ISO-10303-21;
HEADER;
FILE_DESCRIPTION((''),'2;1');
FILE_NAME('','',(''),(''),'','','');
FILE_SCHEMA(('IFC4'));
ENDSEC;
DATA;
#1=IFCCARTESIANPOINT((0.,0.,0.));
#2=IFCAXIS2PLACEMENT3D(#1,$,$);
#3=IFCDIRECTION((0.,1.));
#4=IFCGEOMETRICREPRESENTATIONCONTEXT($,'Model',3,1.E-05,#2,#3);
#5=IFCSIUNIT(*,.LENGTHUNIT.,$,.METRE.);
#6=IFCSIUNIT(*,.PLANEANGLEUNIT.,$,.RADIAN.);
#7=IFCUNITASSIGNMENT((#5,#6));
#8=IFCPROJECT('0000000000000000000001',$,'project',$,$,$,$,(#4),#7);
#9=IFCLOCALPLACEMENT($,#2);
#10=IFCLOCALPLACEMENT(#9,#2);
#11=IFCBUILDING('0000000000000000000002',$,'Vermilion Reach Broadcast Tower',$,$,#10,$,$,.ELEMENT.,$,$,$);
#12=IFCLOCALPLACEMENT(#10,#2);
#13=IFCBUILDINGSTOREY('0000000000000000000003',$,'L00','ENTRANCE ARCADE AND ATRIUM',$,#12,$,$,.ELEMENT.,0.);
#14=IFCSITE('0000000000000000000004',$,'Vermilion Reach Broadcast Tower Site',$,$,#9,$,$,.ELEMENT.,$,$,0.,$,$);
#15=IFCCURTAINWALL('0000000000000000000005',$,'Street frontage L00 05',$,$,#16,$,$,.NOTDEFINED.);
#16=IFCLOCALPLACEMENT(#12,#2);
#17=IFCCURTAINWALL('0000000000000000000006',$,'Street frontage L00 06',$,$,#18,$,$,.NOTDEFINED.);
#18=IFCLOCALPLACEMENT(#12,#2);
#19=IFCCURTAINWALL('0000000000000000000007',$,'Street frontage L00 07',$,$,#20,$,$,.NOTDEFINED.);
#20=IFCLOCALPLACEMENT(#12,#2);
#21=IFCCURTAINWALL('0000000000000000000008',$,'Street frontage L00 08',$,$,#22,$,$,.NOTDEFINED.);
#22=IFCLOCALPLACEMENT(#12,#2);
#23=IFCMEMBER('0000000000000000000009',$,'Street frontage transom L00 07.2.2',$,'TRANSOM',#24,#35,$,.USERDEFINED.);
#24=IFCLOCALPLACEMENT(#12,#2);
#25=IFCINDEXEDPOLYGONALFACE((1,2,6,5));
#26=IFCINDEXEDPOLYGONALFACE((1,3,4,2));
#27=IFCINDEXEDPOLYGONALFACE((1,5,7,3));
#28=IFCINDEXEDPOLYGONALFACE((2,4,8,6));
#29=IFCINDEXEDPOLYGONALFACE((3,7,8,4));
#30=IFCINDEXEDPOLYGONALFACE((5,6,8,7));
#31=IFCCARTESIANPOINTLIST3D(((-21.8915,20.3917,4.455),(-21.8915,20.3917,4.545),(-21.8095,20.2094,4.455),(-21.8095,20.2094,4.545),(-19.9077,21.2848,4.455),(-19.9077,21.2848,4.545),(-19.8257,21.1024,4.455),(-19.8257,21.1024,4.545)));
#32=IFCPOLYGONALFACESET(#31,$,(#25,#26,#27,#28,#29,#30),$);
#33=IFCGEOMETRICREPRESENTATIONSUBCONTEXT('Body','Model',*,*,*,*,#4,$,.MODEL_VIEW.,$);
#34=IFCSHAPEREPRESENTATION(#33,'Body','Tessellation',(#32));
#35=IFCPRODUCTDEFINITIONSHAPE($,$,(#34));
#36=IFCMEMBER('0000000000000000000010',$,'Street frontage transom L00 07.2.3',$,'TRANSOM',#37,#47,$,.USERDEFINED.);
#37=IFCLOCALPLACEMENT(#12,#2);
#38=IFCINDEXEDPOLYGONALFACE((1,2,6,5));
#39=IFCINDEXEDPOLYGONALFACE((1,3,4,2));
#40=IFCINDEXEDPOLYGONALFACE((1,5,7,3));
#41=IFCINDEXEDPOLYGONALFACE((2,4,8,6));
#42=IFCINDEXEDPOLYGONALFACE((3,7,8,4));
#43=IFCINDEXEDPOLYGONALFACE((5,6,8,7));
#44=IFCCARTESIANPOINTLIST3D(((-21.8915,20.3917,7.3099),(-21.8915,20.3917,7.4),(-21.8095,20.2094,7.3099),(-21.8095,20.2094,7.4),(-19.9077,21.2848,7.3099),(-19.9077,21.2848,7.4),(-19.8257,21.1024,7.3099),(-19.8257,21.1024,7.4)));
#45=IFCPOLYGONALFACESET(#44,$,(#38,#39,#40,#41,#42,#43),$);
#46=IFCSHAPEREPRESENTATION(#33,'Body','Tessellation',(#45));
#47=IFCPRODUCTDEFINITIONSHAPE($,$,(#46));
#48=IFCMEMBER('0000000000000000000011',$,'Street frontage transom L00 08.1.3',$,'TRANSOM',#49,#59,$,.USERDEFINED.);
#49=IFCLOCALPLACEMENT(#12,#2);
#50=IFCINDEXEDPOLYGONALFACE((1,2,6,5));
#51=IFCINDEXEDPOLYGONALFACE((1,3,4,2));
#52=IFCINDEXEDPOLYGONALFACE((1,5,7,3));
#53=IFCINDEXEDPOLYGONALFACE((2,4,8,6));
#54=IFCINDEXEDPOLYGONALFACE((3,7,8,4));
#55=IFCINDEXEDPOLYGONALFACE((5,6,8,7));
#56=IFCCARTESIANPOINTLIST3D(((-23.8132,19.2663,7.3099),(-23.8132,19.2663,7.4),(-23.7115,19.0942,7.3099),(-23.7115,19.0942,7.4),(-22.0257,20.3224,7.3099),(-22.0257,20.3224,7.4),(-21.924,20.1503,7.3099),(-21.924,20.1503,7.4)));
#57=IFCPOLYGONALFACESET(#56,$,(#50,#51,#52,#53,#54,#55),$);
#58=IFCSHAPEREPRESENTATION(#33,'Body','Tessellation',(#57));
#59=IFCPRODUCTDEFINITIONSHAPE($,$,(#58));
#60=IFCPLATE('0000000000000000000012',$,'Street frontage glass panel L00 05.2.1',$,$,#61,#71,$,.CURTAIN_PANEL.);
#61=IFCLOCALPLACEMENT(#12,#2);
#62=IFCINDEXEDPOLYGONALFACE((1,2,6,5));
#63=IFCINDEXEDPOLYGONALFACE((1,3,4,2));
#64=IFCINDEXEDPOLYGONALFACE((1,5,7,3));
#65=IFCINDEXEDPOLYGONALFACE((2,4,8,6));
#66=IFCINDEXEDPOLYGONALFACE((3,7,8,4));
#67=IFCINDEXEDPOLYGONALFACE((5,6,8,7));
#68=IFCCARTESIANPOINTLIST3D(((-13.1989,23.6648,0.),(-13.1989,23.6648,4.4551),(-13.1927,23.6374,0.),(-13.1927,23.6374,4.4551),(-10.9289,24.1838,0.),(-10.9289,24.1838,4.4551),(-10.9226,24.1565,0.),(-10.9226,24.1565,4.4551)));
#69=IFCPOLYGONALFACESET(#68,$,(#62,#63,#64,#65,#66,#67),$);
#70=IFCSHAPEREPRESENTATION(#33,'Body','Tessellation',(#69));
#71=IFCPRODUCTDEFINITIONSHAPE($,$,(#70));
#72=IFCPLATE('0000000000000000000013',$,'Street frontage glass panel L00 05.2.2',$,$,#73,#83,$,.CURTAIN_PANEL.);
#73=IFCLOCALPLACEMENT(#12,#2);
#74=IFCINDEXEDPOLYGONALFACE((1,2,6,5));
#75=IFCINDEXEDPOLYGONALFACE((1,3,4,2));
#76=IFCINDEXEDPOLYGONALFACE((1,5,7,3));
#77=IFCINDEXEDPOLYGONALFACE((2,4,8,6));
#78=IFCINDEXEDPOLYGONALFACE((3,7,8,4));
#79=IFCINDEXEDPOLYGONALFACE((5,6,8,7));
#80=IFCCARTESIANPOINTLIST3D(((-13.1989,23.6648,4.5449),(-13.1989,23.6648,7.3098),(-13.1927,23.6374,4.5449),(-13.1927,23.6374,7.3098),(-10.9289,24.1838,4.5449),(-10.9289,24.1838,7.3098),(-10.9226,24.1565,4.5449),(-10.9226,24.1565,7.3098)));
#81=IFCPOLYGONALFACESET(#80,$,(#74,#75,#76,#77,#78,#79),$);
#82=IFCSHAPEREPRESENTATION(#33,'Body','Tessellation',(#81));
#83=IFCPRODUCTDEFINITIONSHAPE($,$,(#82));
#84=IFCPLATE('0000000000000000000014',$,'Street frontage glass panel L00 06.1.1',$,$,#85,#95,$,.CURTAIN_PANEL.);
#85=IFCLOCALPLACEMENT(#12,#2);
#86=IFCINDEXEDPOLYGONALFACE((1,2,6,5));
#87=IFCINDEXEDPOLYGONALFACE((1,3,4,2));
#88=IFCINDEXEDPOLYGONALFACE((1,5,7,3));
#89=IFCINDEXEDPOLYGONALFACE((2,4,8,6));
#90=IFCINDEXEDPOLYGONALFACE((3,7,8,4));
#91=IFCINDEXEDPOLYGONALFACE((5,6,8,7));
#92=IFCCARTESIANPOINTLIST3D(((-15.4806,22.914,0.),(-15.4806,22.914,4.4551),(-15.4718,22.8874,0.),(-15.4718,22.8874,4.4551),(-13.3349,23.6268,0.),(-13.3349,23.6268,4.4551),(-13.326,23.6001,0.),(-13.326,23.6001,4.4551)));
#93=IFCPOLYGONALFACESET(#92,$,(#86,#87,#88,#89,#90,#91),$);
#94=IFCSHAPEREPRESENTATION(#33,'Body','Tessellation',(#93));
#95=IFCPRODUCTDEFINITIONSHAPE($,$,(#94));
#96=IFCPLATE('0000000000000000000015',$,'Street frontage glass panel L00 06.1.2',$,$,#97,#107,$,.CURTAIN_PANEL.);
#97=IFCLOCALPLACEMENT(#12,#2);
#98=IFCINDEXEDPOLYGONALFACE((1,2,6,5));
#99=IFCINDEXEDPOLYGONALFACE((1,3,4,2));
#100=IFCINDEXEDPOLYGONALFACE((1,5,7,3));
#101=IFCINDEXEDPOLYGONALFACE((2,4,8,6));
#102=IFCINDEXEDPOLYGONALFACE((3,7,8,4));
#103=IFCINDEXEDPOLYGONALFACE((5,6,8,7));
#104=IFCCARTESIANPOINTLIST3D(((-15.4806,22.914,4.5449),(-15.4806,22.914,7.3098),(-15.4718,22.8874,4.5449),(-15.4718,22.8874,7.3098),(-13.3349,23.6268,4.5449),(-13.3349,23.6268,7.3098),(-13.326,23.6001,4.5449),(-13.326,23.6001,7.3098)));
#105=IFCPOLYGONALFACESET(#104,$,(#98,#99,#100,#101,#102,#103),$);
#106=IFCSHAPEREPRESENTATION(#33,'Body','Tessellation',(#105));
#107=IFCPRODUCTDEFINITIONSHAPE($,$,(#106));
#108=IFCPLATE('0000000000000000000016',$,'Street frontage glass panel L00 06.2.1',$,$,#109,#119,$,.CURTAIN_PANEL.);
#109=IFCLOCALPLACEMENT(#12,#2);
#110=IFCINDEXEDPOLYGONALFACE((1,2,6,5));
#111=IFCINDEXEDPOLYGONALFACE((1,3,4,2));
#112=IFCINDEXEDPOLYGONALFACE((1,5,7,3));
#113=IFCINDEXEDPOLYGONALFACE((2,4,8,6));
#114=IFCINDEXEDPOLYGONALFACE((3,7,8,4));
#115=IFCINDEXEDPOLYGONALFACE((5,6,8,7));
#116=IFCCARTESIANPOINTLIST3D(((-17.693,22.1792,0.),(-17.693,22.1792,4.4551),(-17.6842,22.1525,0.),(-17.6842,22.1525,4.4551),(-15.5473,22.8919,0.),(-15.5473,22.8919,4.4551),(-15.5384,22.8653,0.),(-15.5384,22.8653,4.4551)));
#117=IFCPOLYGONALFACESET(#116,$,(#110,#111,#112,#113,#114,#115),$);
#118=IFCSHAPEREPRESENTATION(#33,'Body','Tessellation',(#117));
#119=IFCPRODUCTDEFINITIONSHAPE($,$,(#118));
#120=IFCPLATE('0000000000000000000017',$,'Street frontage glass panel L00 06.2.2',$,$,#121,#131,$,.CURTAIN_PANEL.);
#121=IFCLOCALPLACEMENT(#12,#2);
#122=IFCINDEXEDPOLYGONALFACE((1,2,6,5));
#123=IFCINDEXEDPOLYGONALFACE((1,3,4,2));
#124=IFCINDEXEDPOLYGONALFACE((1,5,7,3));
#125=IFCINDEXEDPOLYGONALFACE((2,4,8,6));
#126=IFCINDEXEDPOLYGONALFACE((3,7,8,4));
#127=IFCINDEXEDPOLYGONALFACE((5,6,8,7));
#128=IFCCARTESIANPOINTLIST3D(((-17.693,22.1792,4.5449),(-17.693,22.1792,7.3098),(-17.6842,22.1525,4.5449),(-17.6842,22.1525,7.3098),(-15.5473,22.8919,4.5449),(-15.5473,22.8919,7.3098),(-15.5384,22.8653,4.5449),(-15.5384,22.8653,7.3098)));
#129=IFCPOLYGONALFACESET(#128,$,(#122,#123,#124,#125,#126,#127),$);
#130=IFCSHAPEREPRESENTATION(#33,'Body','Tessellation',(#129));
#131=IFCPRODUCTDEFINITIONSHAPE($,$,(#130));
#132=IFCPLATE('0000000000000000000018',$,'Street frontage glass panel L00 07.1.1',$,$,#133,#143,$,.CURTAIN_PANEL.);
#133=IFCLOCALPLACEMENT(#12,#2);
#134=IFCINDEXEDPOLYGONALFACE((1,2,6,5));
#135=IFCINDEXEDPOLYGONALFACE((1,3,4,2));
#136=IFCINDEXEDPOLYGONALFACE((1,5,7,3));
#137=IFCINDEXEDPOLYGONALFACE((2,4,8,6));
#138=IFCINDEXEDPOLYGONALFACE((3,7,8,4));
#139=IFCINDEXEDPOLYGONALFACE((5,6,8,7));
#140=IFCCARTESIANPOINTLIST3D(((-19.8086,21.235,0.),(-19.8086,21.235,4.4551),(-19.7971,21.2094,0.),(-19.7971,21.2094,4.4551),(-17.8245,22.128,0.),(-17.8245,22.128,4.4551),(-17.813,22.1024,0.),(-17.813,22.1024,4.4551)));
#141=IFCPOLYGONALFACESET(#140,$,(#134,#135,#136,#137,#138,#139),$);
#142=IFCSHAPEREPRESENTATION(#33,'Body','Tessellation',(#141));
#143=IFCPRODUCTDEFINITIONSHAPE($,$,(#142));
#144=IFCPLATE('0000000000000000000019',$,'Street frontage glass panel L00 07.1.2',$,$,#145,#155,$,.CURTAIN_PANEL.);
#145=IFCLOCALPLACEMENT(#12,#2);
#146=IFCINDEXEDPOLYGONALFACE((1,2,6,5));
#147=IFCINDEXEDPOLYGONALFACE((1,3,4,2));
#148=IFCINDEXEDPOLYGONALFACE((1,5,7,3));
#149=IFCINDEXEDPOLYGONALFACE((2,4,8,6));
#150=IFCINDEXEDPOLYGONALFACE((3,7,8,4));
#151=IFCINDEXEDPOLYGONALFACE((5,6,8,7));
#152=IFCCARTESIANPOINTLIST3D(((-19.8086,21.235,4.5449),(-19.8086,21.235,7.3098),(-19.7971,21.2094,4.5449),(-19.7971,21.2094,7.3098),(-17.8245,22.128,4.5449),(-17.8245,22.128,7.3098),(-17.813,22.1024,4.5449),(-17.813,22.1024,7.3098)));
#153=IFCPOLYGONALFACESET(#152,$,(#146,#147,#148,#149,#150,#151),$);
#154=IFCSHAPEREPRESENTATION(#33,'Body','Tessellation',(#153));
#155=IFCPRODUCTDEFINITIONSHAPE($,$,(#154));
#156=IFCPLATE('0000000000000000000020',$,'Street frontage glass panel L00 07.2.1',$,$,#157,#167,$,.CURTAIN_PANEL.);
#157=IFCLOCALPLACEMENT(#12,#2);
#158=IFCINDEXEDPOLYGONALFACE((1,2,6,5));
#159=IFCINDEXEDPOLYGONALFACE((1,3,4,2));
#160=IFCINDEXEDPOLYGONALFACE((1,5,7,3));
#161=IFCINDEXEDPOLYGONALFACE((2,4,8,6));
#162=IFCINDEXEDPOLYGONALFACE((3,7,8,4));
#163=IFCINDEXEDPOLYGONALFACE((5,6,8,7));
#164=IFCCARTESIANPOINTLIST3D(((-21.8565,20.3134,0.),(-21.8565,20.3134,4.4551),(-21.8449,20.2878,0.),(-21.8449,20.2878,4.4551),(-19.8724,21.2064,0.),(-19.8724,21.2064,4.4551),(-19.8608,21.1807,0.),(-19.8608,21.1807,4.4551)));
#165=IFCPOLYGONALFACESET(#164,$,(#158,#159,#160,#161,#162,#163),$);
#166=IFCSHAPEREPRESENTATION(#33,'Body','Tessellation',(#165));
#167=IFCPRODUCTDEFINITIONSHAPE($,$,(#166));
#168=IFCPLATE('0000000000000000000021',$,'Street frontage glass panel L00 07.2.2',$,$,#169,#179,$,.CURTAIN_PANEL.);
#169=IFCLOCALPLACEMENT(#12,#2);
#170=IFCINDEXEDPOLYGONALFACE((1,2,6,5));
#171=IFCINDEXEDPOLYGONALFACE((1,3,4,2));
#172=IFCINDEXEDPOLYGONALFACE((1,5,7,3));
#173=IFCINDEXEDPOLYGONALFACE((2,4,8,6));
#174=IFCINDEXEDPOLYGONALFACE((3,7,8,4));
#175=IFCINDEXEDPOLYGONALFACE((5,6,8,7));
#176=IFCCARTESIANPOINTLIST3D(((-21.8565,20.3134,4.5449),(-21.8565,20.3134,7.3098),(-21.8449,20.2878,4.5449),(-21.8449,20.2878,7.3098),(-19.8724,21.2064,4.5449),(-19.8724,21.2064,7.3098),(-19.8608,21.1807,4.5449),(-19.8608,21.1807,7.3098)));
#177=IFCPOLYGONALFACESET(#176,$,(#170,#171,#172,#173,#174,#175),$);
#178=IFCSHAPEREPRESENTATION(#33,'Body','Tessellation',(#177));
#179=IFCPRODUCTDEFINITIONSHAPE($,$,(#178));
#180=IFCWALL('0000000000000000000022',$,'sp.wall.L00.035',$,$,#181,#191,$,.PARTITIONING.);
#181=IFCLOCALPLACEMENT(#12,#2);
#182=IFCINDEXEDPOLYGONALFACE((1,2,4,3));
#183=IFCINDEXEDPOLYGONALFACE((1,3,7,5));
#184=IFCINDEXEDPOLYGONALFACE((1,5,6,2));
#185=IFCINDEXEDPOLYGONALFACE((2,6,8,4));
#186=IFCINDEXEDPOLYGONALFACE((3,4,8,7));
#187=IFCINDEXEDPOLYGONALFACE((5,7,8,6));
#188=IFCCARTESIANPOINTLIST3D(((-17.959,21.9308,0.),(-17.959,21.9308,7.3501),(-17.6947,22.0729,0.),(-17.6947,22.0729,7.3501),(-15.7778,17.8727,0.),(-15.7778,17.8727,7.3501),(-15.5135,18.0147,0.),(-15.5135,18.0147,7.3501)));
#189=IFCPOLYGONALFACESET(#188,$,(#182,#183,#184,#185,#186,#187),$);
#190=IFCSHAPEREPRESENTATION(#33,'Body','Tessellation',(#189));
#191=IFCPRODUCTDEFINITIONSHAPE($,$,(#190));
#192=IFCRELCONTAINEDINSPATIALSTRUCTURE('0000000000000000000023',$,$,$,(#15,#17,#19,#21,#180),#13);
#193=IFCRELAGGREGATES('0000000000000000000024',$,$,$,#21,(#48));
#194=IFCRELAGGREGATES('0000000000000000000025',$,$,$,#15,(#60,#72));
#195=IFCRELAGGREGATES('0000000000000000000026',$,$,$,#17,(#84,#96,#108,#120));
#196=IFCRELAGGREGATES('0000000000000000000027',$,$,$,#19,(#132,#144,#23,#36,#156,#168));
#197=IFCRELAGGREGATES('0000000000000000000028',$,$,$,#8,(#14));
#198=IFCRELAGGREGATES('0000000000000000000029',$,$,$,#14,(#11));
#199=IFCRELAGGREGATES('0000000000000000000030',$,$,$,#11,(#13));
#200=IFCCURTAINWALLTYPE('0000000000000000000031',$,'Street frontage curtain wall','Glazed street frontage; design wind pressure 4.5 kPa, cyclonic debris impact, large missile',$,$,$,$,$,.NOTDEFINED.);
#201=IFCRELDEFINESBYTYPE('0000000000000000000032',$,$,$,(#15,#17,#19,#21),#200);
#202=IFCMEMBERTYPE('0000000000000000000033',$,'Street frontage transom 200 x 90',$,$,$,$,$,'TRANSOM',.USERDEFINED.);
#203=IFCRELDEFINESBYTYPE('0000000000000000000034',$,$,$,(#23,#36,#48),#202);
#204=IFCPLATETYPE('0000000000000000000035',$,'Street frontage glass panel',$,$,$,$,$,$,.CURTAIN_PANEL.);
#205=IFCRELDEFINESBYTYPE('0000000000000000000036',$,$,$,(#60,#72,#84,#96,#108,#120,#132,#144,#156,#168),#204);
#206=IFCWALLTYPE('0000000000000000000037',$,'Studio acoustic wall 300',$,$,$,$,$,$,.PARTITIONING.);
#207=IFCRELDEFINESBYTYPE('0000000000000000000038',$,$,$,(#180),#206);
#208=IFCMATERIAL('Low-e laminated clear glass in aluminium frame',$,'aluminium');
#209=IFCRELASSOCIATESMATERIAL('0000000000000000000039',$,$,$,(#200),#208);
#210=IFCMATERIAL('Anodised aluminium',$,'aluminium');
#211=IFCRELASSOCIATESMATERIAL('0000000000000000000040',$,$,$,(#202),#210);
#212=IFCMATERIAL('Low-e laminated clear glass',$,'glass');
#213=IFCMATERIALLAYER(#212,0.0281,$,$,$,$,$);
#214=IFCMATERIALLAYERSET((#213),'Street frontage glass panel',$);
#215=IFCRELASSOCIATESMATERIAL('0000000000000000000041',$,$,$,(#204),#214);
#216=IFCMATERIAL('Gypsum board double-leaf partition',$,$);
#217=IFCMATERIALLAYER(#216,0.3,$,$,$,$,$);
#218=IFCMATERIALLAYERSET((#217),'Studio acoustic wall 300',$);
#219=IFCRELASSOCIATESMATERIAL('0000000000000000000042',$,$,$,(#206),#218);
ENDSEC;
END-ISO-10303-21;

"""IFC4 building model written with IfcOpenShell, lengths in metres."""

from ifc_helpers import new_model, si_unit, direction, frame, frame_2d, origin, origin_2d, place, context, subcontext, project, spatial, rectangle, extrude, material, layer, layer_set, material_profile, profile_set, type_object, element, aggregate, save


model = new_model("IFC4")

# Units and contexts
model_context = context("Model", 3, precision=1e-05, world=origin(), true_north=direction((0.0, 1.0)))
body_context = subcontext(model_context, "Body", "Model", "MODEL_VIEW")
ifc_project = project(units=[si_unit("LENGTHUNIT", "METRE"), si_unit("PLANEANGLEUNIT", "RADIAN")], contexts=[model_context])

# Site, building, storey
site_placement = place(None, origin())
site = spatial("IfcSite", under=ifc_project, at=site_placement, Name="Vermilion Reach Broadcast Tower Site", CompositionType="ELEMENT", RefElevation=0.0)
building_placement = place(site_placement, origin())
building = spatial("IfcBuilding", under=site, at=building_placement, Name="Vermilion Reach Broadcast Tower", CompositionType="ELEMENT")
storey_placement = place(building_placement, origin())
storey = spatial("IfcBuildingStorey", under=building, at=storey_placement, Name="L00", Description="ENTRANCE ARCADE AND ATRIUM", CompositionType="ELEMENT", Elevation=0.0)

# Curtain wall
ifc_material_1 = material(Name="Low-e laminated clear glass in aluminium frame", Category="aluminium")
curtain_wall_type = type_object("IfcCurtainWallType", Name="Street frontage curtain wall", Description="Glazed street frontage; design wind pressure 4.5 kPa, cyclonic debris impact, large missile", PredefinedType="NOTDEFINED", material=ifc_material_1)
placement = place(storey_placement, origin())
curtain_wall_1 = element("IfcCurtainWall", 1, at=placement, inside=storey, type_object=curtain_wall_type, Name="Street frontage L00 05", PredefinedType="NOTDEFINED")

# Curtain walls
curtain_wall_2 = element("IfcCurtainWall", 2, at=placement, inside=storey, type_object=curtain_wall_type, Name="Street frontage L00 06", PredefinedType="NOTDEFINED")
curtain_wall_3 = element("IfcCurtainWall", 3, at=placement, inside=storey, type_object=curtain_wall_type, Name="Street frontage L00 07", PredefinedType="NOTDEFINED")

# Curtain wall
curtain_wall_4 = element("IfcCurtainWall", 4, at=placement, inside=storey, type_object=curtain_wall_type, Name="Street frontage L00 08", PredefinedType="NOTDEFINED")

# Members
ifc_material_2 = material(Name="Anodised aluminium", Category="aluminium")
ifc_material_profile_1 = material_profile(ifc_material_2, rectangle(XDim=0.2, YDim=0.0901, at=origin_2d()), Name="Street frontage transom 200 x 90")
ifc_profile_set_1 = profile_set([ifc_material_profile_1], Name="Anodised aluminium")
member_type_1 = type_object("IfcMemberType", Name="Street frontage transom 200 x 90", ElementType="TRANSOM", PredefinedType="USERDEFINED", material=ifc_profile_set_1)
member_1_placement = place(storey_placement, frame((-19.8667, 21.1936, 4.5), z_axis=(-0.911867, -0.410486, 0.0), x_axis=(0.410486, -0.911867, 0.0)))
member_1 = element("IfcMember", 5, at=member_1_placement, type_object=member_type_1, Name="Street frontage transom L00 07.2.2", ObjectType="TRANSOM", PredefinedType="USERDEFINED", context=body_context, shape_type="SweptSolid", body=[
    extrude(rectangle(XDim=0.2, YDim=0.0901, at=origin_2d()), origin(), (0.0, 0.0, 1.0), 2.1755),
])
member_2_placement = place(storey_placement, frame((-19.8667, 21.1936, 7.355), z_axis=(-0.911867, -0.410486, 0.0), x_axis=(0.410486, -0.911867, 0.0)))
member_2 = element("IfcMember", 6, at=member_2_placement, type_object=member_type_1, Name="Street frontage transom L00 07.2.3", ObjectType="TRANSOM", PredefinedType="USERDEFINED", context=body_context, shape_type="SweptSolid", body=[
    extrude(rectangle(XDim=0.2, YDim=0.0901, at=origin_2d()), origin(), (0.0, 0.0, 1.0), 2.1755),
])
member_3_placement = place(storey_placement, frame((-21.9749, 20.2363, 7.355), z_axis=(-0.860959, -0.508674, 0.0), x_axis=(0.508674, -0.860959, 0.0)))
member_3 = element("IfcMember", 7, at=member_3_placement, type_object=member_type_1, Name="Street frontage transom L00 08.1.3", ObjectType="TRANSOM", PredefinedType="USERDEFINED", context=body_context, shape_type="SweptSolid", body=[
    extrude(rectangle(XDim=0.2, YDim=0.0901, at=origin_2d()), origin(), (0.0, 0.0, 1.0), 2.0762),
])
aggregate(curtain_wall_4, [member_3])

# Plates
ifc_material_3 = material(Name="Low-e laminated clear glass", Category="glass")
ifc_layer_1 = layer(ifc_material_3, 0.0281)
ifc_layer_set_1 = layer_set([ifc_layer_1], Name="Street frontage glass panel")
plate_type = type_object("IfcPlateType", Name="Street frontage glass panel", PredefinedType="CURTAIN_PANEL", material=ifc_layer_set_1)
plate_1_placement = place(storey_placement, frame((-12.0608, 23.9106, 0.0), z_axis=(0.0, 0.0, 1.0), x_axis=(-0.974843, -0.222892, 0.0)))
plate_1 = element("IfcPlate", 8, at=plate_1_placement, type_object=plate_type, Name="Street frontage glass panel L00 05.2.1", PredefinedType="CURTAIN_PANEL", context=body_context, shape_type="SweptSolid", body=[
    extrude(rectangle(XDim=2.3286, YDim=0.0281, at=origin_2d()), origin(), (0.0, 0.0, 1.0), 4.4551),
])
plate_2_placement = place(storey_placement, frame((-12.0608, 23.9106, 4.5449), z_axis=(0.0, 0.0, 1.0), x_axis=(-0.974843, -0.222892, 0.0)))
plate_2 = element("IfcPlate", 9, at=plate_2_placement, type_object=plate_type, Name="Street frontage glass panel L00 05.2.2", PredefinedType="CURTAIN_PANEL", context=body_context, shape_type="SweptSolid", body=[
    extrude(rectangle(XDim=2.3286, YDim=0.0281, at=origin_2d()), origin(), (0.0, 0.0, 1.0), 2.7649),
])
aggregate(curtain_wall_1, [plate_1, plate_2])
plate_3_placement = place(storey_placement, frame((-14.4033, 23.2571, 0.0), z_axis=(0.0, 0.0, 1.0), x_axis=(-0.949016, -0.315228, 0.0)))
plate_3 = element("IfcPlate", 10, at=plate_3_placement, type_object=plate_type, Name="Street frontage glass panel L00 06.1.1", PredefinedType="CURTAIN_PANEL", context=body_context, shape_type="SweptSolid", body=[
    extrude(rectangle(XDim=2.261, YDim=0.0281, at=origin_2d()), origin(), (0.0, 0.0, 1.0), 4.4551),
])
plate_4_placement = place(storey_placement, frame((-14.4033, 23.2571, 4.5449), z_axis=(0.0, 0.0, 1.0), x_axis=(-0.949016, -0.315228, 0.0)))
plate_4 = element("IfcPlate", 11, at=plate_4_placement, type_object=plate_type, Name="Street frontage glass panel L00 06.1.2", PredefinedType="CURTAIN_PANEL", context=body_context, shape_type="SweptSolid", body=[
    extrude(rectangle(XDim=2.261, YDim=0.0281, at=origin_2d()), origin(), (0.0, 0.0, 1.0), 2.7649),
])
plate_5_placement = place(storey_placement, frame((-16.6157, 22.5222, 0.0), z_axis=(0.0, 0.0, 1.0), x_axis=(-0.949016, -0.315228, 0.0)))
plate_5 = element("IfcPlate", 12, at=plate_5_placement, type_object=plate_type, Name="Street frontage glass panel L00 06.2.1", PredefinedType="CURTAIN_PANEL", context=body_context, shape_type="SweptSolid", body=[
    extrude(rectangle(XDim=2.261, YDim=0.0281, at=origin_2d()), origin(), (0.0, 0.0, 1.0), 4.4551),
])
plate_6_placement = place(storey_placement, frame((-16.6157, 22.5222, 4.5449), z_axis=(0.0, 0.0, 1.0), x_axis=(-0.949016, -0.315228, 0.0)))
plate_6 = element("IfcPlate", 13, at=plate_6_placement, type_object=plate_type, Name="Street frontage glass panel L00 06.2.2", PredefinedType="CURTAIN_PANEL", context=body_context, shape_type="SweptSolid", body=[
    extrude(rectangle(XDim=2.261, YDim=0.0281, at=origin_2d()), origin(), (0.0, 0.0, 1.0), 2.7649),
])
aggregate(curtain_wall_2, [plate_3, plate_4, plate_5, plate_6])
plate_7_placement = place(storey_placement, frame((-18.8108, 21.6687, 0.0), z_axis=(0.0, 0.0, 1.0), x_axis=(-0.911902, -0.410408, 0.0)))
plate_7 = element("IfcPlate", 14, at=plate_7_placement, type_object=plate_type, Name="Street frontage glass panel L00 07.1.1", PredefinedType="CURTAIN_PANEL", context=body_context, shape_type="SweptSolid", body=[
    extrude(rectangle(XDim=2.1758, YDim=0.0281, at=origin_2d()), origin(), (0.0, 0.0, 1.0), 4.4551),
])
plate_8_placement = place(storey_placement, frame((-18.8108, 21.6687, 4.5449), z_axis=(0.0, 0.0, 1.0), x_axis=(-0.911902, -0.410408, 0.0)))
plate_8 = element("IfcPlate", 15, at=plate_8_placement, type_object=plate_type, Name="Street frontage glass panel L00 07.1.2", PredefinedType="CURTAIN_PANEL", context=body_context, shape_type="SweptSolid", body=[
    extrude(rectangle(XDim=2.1758, YDim=0.0281, at=origin_2d()), origin(), (0.0, 0.0, 1.0), 2.7649),
])
plate_9_placement = place(storey_placement, frame((-20.8586, 20.7471, 0.0), z_axis=(0.0, 0.0, 1.0), x_axis=(-0.911902, -0.410408, 0.0)))
plate_9 = element("IfcPlate", 16, at=plate_9_placement, type_object=plate_type, Name="Street frontage glass panel L00 07.2.1", PredefinedType="CURTAIN_PANEL", context=body_context, shape_type="SweptSolid", body=[
    extrude(rectangle(XDim=2.1758, YDim=0.0281, at=origin_2d()), origin(), (0.0, 0.0, 1.0), 4.4551),
])
plate_10_placement = place(storey_placement, frame((-20.8586, 20.7471, 4.5449), z_axis=(0.0, 0.0, 1.0), x_axis=(-0.911902, -0.410408, 0.0)))
plate_10 = element("IfcPlate", 17, at=plate_10_placement, type_object=plate_type, Name="Street frontage glass panel L00 07.2.2", PredefinedType="CURTAIN_PANEL", context=body_context, shape_type="SweptSolid", body=[
    extrude(rectangle(XDim=2.1758, YDim=0.0281, at=origin_2d()), origin(), (0.0, 0.0, 1.0), 2.7649),
])
aggregate(curtain_wall_3, [plate_7, plate_8, member_1, member_2, plate_9, plate_10])

# Wall
ifc_material_4 = material(Name="Gypsum board double-leaf partition")
ifc_layer_2 = layer(ifc_material_4, 0.3)
ifc_layer_set_2 = layer_set([ifc_layer_2], Name="Studio acoustic wall 300")
wall_type = type_object("IfcWallType", Name="Studio acoustic wall 300", PredefinedType="PARTITIONING", material=ifc_layer_set_2)
wall_placement = place(storey_placement, frame((-17.8269, 22.002, 0.0), z_axis=(0.0, 0.0, 1.0), x_axis=(0.47343, -0.880832, 0.0)))
element("IfcWall", 18, at=wall_placement, inside=storey, type_object=wall_type, Name="sp.wall.L00.035", PredefinedType="PARTITIONING", context=body_context, shape_type="SweptSolid", body=[
    extrude(rectangle(XDim=4.6072, YDim=0.3, at=frame_2d((2.3037, 0.0))), origin(), (0.0, 0.0, 1.0), 7.3501),
])

save(model, "model.ifc")
